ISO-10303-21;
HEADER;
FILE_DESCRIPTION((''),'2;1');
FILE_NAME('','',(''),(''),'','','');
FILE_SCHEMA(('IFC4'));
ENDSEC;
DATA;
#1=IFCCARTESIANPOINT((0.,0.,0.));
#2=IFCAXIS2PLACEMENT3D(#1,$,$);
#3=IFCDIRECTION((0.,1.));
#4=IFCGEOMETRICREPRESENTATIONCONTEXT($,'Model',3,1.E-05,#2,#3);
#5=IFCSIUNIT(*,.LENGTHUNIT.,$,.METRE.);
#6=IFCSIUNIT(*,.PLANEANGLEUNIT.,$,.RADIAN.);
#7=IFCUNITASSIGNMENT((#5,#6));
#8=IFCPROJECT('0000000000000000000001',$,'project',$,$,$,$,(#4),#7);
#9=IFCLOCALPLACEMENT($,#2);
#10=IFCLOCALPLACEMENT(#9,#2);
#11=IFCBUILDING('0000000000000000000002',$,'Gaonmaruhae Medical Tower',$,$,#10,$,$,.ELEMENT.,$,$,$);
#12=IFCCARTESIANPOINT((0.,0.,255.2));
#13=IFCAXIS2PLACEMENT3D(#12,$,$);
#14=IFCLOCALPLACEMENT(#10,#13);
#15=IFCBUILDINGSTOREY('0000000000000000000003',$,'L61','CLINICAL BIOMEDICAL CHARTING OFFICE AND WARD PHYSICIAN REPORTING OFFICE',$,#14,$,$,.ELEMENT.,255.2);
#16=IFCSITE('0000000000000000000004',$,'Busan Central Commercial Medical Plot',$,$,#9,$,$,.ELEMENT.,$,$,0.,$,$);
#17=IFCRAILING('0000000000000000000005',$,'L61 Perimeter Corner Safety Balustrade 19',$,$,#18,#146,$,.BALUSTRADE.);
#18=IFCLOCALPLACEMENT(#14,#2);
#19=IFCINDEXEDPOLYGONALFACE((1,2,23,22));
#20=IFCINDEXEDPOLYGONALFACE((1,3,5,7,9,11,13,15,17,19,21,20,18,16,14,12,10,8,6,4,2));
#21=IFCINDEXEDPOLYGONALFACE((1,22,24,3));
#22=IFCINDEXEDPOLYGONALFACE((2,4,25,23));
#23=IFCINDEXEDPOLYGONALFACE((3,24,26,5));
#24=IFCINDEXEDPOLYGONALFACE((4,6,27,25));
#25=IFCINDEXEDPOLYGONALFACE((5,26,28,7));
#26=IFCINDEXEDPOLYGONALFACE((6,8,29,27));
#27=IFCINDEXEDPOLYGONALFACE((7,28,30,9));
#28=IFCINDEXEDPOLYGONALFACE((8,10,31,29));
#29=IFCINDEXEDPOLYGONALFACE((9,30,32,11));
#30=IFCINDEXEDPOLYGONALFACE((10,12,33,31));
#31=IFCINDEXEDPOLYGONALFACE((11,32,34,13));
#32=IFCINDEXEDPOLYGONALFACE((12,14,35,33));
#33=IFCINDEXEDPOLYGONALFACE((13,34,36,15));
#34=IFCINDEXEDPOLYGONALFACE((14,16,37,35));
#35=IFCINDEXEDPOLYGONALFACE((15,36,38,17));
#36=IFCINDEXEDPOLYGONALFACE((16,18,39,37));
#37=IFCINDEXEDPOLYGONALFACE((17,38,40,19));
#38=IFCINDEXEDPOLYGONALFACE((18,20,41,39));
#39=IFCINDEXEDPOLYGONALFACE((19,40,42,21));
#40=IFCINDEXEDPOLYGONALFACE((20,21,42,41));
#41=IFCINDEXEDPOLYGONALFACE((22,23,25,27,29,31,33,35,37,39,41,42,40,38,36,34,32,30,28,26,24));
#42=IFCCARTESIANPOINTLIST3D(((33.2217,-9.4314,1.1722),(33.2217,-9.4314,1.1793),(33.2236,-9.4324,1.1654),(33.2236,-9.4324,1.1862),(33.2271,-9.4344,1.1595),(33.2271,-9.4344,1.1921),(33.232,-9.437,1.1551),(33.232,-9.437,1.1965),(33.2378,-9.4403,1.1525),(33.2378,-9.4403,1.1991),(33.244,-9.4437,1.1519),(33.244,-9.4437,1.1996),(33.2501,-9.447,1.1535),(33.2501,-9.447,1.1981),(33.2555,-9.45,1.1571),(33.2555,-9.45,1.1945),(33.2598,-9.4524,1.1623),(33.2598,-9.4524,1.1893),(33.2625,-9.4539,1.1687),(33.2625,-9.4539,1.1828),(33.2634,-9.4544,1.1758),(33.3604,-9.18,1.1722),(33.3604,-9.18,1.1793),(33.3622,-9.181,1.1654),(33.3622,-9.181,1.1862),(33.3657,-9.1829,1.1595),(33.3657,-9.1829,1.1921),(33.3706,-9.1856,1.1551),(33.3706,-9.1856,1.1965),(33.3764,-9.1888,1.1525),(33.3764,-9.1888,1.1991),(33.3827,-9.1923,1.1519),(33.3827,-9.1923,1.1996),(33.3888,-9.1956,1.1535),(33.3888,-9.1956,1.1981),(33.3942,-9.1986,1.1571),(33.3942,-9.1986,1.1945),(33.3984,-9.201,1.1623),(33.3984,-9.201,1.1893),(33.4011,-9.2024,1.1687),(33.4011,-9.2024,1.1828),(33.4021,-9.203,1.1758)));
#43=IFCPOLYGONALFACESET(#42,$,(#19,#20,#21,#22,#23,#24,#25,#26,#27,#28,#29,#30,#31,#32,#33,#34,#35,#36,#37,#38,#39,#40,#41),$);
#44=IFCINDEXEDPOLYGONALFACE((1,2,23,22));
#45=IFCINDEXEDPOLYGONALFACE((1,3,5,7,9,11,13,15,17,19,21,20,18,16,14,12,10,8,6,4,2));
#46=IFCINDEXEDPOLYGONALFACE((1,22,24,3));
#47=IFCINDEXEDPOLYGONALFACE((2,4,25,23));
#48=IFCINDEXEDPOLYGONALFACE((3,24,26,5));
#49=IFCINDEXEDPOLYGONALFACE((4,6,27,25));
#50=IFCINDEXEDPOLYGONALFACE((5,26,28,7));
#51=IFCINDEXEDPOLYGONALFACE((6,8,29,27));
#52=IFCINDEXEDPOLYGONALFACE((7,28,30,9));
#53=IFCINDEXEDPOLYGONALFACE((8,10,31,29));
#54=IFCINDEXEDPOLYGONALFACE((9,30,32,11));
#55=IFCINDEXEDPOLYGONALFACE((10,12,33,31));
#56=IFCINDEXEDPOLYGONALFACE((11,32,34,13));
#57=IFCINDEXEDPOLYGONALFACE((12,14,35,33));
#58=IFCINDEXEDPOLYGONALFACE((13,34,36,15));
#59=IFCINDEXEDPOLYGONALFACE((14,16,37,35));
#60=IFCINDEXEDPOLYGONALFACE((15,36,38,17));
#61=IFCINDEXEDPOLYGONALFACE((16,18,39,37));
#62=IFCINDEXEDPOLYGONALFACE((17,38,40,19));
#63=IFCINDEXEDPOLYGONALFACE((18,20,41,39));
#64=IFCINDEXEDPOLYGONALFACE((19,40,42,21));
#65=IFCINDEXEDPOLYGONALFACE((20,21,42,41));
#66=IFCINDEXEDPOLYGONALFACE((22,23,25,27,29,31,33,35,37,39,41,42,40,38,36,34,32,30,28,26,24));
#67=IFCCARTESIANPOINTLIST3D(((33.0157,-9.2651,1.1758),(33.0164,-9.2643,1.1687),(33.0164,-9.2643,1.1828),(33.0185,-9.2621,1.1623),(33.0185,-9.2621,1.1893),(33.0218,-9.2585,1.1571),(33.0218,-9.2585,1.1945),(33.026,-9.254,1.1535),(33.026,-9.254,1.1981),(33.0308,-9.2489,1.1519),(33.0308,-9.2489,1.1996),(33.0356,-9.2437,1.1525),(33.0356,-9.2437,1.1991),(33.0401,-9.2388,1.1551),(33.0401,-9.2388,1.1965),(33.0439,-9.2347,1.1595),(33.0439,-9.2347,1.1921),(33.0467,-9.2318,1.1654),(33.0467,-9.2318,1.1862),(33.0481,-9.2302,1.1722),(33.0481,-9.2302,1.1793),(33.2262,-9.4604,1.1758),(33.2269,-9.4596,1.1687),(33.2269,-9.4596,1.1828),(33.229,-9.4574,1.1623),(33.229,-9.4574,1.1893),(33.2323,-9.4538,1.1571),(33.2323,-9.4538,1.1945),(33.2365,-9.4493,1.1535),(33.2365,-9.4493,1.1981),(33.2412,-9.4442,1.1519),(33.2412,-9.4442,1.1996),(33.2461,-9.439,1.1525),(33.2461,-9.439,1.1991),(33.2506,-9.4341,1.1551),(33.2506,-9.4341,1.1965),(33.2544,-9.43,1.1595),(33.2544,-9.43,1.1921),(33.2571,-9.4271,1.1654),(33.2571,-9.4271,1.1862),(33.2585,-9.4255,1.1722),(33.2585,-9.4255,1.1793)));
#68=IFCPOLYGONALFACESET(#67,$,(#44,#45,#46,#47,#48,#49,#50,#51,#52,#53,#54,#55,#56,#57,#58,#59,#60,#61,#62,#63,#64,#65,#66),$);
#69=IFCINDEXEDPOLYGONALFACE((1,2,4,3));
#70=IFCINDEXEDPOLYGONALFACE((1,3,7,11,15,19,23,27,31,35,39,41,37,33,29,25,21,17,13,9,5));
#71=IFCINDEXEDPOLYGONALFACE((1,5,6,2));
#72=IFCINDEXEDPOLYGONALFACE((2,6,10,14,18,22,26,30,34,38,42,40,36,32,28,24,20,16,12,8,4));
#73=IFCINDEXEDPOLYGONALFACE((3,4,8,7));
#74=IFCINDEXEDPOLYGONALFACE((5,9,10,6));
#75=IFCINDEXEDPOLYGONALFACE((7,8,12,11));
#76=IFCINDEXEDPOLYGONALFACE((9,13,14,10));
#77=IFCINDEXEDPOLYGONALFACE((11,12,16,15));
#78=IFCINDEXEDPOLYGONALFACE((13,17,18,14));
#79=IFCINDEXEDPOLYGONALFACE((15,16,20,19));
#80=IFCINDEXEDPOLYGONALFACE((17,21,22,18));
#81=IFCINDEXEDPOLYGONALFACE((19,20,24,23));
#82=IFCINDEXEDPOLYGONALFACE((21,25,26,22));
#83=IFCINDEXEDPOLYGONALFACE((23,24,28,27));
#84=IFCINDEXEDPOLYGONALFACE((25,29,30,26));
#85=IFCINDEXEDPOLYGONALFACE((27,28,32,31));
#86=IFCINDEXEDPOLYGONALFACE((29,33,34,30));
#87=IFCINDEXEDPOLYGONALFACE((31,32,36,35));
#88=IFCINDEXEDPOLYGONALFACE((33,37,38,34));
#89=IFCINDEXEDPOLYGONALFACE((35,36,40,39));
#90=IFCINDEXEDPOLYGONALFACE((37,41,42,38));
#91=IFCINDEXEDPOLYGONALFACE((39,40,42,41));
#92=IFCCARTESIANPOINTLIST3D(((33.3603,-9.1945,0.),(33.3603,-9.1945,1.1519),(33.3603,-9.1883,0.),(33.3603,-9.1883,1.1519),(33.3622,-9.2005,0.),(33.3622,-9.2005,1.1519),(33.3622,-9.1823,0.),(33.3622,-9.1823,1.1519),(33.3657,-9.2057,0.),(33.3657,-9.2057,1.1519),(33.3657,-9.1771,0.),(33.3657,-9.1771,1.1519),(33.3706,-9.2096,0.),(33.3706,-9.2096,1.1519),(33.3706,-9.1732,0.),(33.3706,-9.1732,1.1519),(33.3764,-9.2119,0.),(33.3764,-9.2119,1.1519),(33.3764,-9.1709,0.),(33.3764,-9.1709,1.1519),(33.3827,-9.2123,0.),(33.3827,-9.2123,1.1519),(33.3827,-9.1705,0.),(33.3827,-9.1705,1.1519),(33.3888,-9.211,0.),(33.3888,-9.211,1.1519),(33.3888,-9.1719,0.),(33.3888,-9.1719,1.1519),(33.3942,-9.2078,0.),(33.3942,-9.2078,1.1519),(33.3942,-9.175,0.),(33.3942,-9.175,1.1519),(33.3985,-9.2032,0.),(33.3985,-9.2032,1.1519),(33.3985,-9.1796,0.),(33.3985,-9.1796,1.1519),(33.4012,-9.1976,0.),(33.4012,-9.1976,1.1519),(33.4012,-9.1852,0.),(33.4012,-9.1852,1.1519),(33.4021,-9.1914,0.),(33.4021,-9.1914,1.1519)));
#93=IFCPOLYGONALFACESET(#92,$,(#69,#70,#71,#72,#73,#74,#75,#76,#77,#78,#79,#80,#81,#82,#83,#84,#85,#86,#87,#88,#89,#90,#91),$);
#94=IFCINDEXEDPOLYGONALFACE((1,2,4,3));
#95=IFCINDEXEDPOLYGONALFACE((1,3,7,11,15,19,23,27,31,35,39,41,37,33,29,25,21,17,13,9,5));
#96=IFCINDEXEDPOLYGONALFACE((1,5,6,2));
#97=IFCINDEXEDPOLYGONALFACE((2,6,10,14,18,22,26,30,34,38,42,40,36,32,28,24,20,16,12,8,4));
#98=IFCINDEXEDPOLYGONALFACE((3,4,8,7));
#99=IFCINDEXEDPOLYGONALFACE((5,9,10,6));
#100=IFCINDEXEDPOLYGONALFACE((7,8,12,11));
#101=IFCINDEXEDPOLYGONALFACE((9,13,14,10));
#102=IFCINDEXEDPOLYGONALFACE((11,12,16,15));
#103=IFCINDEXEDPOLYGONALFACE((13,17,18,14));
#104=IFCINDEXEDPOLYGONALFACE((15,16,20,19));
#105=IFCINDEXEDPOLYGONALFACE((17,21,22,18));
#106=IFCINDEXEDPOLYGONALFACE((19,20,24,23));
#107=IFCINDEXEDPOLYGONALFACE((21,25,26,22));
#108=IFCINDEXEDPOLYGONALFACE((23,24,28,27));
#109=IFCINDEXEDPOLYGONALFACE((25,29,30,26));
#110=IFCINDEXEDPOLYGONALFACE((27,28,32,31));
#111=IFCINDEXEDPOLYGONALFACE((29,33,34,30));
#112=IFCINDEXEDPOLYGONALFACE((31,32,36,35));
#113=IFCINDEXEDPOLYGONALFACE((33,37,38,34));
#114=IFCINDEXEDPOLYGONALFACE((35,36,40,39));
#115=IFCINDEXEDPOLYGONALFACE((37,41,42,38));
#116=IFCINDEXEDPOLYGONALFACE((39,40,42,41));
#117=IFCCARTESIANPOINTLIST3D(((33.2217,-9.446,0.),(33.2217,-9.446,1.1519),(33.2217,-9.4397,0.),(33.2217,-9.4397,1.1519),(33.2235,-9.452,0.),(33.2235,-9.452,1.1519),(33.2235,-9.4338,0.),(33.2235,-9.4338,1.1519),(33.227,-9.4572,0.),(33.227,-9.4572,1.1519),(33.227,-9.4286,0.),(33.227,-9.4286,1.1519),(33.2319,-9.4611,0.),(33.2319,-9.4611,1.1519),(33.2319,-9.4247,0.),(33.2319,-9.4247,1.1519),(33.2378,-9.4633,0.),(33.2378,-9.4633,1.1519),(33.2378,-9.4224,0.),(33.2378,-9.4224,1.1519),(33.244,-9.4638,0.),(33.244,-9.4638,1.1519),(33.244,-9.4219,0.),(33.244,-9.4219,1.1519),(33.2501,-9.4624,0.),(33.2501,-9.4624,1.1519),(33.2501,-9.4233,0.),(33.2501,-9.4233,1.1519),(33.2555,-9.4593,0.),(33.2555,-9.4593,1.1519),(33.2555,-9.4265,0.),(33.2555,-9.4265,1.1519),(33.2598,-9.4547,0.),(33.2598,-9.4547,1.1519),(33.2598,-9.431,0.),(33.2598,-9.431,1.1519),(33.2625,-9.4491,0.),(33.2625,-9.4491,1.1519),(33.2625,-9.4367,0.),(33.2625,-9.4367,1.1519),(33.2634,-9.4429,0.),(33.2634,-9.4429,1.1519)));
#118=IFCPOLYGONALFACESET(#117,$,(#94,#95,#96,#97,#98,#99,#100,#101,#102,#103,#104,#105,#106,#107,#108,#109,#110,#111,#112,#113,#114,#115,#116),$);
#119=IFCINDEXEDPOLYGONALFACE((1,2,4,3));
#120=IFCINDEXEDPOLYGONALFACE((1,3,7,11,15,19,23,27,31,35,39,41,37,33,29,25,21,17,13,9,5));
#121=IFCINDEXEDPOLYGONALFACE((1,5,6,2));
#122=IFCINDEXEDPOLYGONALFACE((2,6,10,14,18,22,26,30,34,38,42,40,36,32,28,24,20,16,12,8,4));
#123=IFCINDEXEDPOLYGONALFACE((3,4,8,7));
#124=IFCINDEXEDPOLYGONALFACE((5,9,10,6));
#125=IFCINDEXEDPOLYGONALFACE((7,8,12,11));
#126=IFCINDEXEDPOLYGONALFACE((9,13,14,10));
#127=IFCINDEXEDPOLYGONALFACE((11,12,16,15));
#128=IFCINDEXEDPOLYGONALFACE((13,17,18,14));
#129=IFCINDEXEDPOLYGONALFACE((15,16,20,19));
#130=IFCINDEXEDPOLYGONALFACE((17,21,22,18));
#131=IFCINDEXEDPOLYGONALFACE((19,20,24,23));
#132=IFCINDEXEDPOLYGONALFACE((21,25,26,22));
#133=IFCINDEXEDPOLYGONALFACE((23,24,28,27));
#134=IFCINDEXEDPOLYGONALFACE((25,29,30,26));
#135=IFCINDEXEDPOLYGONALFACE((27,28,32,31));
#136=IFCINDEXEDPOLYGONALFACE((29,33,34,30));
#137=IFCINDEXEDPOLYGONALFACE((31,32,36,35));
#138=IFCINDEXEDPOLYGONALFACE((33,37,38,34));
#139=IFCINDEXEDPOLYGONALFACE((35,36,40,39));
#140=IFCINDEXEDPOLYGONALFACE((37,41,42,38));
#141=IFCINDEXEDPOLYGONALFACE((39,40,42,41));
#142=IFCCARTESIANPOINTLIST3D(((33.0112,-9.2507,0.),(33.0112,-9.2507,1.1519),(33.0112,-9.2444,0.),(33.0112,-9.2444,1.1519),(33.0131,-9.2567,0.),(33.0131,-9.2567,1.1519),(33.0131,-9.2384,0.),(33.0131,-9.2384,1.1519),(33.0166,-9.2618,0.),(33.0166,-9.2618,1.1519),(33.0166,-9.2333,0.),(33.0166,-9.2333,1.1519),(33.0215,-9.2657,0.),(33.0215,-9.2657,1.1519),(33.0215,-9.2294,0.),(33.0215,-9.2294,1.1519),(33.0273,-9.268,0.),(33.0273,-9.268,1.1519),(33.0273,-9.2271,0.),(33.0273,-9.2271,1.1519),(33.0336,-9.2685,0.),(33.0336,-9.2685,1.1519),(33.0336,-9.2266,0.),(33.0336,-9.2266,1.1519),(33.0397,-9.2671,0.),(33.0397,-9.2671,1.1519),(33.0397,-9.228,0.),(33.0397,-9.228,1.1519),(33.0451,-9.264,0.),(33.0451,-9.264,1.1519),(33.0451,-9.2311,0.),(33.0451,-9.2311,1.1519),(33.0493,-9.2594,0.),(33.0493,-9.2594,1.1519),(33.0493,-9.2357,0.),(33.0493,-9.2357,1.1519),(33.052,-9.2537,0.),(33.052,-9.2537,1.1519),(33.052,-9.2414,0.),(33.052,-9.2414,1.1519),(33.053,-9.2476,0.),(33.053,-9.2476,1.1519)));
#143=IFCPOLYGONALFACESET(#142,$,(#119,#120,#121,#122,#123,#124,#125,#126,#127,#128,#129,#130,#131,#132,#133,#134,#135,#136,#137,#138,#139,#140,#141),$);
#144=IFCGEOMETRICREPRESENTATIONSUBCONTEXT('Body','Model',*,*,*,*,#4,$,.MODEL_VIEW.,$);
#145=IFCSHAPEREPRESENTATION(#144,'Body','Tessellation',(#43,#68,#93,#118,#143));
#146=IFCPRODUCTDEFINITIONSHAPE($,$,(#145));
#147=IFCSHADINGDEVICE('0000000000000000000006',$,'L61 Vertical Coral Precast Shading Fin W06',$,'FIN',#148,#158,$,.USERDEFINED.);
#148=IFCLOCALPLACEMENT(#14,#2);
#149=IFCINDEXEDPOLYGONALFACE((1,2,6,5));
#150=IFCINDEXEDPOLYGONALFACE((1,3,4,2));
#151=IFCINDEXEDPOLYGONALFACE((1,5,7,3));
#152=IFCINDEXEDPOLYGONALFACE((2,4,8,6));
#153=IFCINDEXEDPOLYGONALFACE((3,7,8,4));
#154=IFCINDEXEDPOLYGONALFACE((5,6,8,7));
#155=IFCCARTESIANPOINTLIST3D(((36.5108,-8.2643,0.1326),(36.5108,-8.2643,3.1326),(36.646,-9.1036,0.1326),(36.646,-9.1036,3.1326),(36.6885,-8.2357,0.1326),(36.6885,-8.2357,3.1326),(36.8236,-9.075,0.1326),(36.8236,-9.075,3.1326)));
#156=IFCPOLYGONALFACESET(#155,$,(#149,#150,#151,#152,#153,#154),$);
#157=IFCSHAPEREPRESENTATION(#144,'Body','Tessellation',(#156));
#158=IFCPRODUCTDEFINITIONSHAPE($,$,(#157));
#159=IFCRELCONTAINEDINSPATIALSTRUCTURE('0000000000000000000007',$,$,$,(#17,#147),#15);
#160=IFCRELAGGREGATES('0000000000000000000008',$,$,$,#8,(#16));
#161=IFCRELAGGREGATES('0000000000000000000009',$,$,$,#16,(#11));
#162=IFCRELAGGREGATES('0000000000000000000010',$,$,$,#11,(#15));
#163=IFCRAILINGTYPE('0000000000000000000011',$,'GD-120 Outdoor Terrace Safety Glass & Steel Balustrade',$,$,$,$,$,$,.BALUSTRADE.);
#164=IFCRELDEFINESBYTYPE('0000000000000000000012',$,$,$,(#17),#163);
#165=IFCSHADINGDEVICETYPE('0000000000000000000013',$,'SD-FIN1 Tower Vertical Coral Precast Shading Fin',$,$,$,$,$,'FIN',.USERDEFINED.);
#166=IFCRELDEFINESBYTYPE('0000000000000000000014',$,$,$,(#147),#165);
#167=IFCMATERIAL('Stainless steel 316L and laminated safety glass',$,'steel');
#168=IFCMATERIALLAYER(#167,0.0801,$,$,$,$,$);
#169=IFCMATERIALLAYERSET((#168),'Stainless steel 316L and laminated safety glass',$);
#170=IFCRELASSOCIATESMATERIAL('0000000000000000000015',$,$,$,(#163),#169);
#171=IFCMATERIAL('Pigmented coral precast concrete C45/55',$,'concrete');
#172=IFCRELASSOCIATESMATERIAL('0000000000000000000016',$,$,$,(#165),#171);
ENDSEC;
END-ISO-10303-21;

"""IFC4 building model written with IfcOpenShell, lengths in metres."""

from ifc_helpers import new_model, si_unit, direction, frame, origin, origin_2d, place, context, subcontext, project, spatial, rectangle, circle, extrude, material, layer, layer_set, type_object, element, save


model = new_model("IFC4")

# Units and contexts
model_context = context("Model", 3, precision=1e-05, world=origin(), true_north=direction((0.0, 1.0)))
body_context = subcontext(model_context, "Body", "Model", "MODEL_VIEW")
ifc_project = project(units=[si_unit("LENGTHUNIT", "METRE"), si_unit("PLANEANGLEUNIT", "RADIAN")], contexts=[model_context])

# Site, building, storey
site_placement = place(None, origin())
site = spatial("IfcSite", under=ifc_project, at=site_placement, Name="Busan Central Commercial Medical Plot", CompositionType="ELEMENT", RefElevation=0.0)
building_placement = place(site_placement, origin())
building = spatial("IfcBuilding", under=site, at=building_placement, Name="Gaonmaruhae Medical Tower", CompositionType="ELEMENT")
storey_placement = place(building_placement, frame((0.0, 0.0, 255.2)))
storey = spatial("IfcBuildingStorey", under=building, at=storey_placement, Name="L61", Description="CLINICAL BIOMEDICAL CHARTING OFFICE AND WARD PHYSICIAN REPORTING OFFICE", CompositionType="ELEMENT", Elevation=255.2)

# Railing
ifc_material_1 = material(Name="Stainless steel 316L and laminated safety glass", Category="steel")
ifc_layer_1 = layer(ifc_material_1, 0.0801)
ifc_layer_set_1 = layer_set([ifc_layer_1], Name="Stainless steel 316L and laminated safety glass")
railing_type = type_object("IfcRailingType", Name="GD-120 Outdoor Terrace Safety Glass & Steel Balustrade", PredefinedType="BALUSTRADE", material=ifc_layer_set_1)
railing_1_placement = place(storey_placement, frame((33.3811, -9.1914, 0.0)))
element("IfcRailing", 1, at=railing_1_placement, inside=storey, type_object=railing_type, Name="L61 Perimeter Corner Safety Balustrade 19", PredefinedType="BALUSTRADE", context=body_context, shape_type="SweptSolid", body=[
    extrude(circle(Radius=0.0239, at=origin_2d()), frame((0.0, 0.0, 1.1758), z_axis=(-0.482898, -0.875677, 0.0), x_axis=(0.875677, -0.482898, 0.0)), (0.0, 0.0, 1.0), 0.2871),
    extrude(circle(Radius=0.0239, at=origin_2d()), frame((-0.1387, -0.2515, 1.1758), z_axis=(-0.732975, 0.680255, 0.0), x_axis=(-0.680255, -0.732975, 0.0)), (0.0, 0.0, 1.0), 0.2871),
    extrude(circle(Radius=0.021, at=origin_2d()), origin(), (0.0, 0.0, 1.0), 1.1519),
    extrude(circle(Radius=0.021, at=origin_2d()), frame((-0.1387, -0.2515, 0.0)), (0.0, 0.0, 1.0), 1.1519),
    extrude(circle(Radius=0.021, at=origin_2d()), frame((-0.3491, -0.0562, 0.0)), (0.0, 0.0, 1.0), 1.1519),
])

# Shading device
ifc_material_2 = material(Name="Pigmented coral precast concrete C45/55", Category="concrete")
shading_device_type = type_object("IfcShadingDeviceType", Name="SD-FIN1 Tower Vertical Coral Precast Shading Fin", ElementType="FIN", PredefinedType="USERDEFINED", material=ifc_material_2)
shading_device_placement = place(storey_placement, frame((36.6672, -8.6697, 0.1326), z_axis=(0.0, 0.0, 1.0), x_axis=(-0.987275, -0.15902, 0.0)))
element("IfcShadingDevice", 2, at=shading_device_placement, inside=storey, type_object=shading_device_type, Name="L61 Vertical Coral Precast Shading Fin W06", ObjectType="FIN", PredefinedType="USERDEFINED", context=body_context, shape_type="SweptSolid", body=[
    extrude(rectangle(XDim=0.1799, YDim=0.8501, at=origin_2d()), origin(), (0.0, 0.0, 1.0), 3.0),
])

save(model, "model.ifc")
